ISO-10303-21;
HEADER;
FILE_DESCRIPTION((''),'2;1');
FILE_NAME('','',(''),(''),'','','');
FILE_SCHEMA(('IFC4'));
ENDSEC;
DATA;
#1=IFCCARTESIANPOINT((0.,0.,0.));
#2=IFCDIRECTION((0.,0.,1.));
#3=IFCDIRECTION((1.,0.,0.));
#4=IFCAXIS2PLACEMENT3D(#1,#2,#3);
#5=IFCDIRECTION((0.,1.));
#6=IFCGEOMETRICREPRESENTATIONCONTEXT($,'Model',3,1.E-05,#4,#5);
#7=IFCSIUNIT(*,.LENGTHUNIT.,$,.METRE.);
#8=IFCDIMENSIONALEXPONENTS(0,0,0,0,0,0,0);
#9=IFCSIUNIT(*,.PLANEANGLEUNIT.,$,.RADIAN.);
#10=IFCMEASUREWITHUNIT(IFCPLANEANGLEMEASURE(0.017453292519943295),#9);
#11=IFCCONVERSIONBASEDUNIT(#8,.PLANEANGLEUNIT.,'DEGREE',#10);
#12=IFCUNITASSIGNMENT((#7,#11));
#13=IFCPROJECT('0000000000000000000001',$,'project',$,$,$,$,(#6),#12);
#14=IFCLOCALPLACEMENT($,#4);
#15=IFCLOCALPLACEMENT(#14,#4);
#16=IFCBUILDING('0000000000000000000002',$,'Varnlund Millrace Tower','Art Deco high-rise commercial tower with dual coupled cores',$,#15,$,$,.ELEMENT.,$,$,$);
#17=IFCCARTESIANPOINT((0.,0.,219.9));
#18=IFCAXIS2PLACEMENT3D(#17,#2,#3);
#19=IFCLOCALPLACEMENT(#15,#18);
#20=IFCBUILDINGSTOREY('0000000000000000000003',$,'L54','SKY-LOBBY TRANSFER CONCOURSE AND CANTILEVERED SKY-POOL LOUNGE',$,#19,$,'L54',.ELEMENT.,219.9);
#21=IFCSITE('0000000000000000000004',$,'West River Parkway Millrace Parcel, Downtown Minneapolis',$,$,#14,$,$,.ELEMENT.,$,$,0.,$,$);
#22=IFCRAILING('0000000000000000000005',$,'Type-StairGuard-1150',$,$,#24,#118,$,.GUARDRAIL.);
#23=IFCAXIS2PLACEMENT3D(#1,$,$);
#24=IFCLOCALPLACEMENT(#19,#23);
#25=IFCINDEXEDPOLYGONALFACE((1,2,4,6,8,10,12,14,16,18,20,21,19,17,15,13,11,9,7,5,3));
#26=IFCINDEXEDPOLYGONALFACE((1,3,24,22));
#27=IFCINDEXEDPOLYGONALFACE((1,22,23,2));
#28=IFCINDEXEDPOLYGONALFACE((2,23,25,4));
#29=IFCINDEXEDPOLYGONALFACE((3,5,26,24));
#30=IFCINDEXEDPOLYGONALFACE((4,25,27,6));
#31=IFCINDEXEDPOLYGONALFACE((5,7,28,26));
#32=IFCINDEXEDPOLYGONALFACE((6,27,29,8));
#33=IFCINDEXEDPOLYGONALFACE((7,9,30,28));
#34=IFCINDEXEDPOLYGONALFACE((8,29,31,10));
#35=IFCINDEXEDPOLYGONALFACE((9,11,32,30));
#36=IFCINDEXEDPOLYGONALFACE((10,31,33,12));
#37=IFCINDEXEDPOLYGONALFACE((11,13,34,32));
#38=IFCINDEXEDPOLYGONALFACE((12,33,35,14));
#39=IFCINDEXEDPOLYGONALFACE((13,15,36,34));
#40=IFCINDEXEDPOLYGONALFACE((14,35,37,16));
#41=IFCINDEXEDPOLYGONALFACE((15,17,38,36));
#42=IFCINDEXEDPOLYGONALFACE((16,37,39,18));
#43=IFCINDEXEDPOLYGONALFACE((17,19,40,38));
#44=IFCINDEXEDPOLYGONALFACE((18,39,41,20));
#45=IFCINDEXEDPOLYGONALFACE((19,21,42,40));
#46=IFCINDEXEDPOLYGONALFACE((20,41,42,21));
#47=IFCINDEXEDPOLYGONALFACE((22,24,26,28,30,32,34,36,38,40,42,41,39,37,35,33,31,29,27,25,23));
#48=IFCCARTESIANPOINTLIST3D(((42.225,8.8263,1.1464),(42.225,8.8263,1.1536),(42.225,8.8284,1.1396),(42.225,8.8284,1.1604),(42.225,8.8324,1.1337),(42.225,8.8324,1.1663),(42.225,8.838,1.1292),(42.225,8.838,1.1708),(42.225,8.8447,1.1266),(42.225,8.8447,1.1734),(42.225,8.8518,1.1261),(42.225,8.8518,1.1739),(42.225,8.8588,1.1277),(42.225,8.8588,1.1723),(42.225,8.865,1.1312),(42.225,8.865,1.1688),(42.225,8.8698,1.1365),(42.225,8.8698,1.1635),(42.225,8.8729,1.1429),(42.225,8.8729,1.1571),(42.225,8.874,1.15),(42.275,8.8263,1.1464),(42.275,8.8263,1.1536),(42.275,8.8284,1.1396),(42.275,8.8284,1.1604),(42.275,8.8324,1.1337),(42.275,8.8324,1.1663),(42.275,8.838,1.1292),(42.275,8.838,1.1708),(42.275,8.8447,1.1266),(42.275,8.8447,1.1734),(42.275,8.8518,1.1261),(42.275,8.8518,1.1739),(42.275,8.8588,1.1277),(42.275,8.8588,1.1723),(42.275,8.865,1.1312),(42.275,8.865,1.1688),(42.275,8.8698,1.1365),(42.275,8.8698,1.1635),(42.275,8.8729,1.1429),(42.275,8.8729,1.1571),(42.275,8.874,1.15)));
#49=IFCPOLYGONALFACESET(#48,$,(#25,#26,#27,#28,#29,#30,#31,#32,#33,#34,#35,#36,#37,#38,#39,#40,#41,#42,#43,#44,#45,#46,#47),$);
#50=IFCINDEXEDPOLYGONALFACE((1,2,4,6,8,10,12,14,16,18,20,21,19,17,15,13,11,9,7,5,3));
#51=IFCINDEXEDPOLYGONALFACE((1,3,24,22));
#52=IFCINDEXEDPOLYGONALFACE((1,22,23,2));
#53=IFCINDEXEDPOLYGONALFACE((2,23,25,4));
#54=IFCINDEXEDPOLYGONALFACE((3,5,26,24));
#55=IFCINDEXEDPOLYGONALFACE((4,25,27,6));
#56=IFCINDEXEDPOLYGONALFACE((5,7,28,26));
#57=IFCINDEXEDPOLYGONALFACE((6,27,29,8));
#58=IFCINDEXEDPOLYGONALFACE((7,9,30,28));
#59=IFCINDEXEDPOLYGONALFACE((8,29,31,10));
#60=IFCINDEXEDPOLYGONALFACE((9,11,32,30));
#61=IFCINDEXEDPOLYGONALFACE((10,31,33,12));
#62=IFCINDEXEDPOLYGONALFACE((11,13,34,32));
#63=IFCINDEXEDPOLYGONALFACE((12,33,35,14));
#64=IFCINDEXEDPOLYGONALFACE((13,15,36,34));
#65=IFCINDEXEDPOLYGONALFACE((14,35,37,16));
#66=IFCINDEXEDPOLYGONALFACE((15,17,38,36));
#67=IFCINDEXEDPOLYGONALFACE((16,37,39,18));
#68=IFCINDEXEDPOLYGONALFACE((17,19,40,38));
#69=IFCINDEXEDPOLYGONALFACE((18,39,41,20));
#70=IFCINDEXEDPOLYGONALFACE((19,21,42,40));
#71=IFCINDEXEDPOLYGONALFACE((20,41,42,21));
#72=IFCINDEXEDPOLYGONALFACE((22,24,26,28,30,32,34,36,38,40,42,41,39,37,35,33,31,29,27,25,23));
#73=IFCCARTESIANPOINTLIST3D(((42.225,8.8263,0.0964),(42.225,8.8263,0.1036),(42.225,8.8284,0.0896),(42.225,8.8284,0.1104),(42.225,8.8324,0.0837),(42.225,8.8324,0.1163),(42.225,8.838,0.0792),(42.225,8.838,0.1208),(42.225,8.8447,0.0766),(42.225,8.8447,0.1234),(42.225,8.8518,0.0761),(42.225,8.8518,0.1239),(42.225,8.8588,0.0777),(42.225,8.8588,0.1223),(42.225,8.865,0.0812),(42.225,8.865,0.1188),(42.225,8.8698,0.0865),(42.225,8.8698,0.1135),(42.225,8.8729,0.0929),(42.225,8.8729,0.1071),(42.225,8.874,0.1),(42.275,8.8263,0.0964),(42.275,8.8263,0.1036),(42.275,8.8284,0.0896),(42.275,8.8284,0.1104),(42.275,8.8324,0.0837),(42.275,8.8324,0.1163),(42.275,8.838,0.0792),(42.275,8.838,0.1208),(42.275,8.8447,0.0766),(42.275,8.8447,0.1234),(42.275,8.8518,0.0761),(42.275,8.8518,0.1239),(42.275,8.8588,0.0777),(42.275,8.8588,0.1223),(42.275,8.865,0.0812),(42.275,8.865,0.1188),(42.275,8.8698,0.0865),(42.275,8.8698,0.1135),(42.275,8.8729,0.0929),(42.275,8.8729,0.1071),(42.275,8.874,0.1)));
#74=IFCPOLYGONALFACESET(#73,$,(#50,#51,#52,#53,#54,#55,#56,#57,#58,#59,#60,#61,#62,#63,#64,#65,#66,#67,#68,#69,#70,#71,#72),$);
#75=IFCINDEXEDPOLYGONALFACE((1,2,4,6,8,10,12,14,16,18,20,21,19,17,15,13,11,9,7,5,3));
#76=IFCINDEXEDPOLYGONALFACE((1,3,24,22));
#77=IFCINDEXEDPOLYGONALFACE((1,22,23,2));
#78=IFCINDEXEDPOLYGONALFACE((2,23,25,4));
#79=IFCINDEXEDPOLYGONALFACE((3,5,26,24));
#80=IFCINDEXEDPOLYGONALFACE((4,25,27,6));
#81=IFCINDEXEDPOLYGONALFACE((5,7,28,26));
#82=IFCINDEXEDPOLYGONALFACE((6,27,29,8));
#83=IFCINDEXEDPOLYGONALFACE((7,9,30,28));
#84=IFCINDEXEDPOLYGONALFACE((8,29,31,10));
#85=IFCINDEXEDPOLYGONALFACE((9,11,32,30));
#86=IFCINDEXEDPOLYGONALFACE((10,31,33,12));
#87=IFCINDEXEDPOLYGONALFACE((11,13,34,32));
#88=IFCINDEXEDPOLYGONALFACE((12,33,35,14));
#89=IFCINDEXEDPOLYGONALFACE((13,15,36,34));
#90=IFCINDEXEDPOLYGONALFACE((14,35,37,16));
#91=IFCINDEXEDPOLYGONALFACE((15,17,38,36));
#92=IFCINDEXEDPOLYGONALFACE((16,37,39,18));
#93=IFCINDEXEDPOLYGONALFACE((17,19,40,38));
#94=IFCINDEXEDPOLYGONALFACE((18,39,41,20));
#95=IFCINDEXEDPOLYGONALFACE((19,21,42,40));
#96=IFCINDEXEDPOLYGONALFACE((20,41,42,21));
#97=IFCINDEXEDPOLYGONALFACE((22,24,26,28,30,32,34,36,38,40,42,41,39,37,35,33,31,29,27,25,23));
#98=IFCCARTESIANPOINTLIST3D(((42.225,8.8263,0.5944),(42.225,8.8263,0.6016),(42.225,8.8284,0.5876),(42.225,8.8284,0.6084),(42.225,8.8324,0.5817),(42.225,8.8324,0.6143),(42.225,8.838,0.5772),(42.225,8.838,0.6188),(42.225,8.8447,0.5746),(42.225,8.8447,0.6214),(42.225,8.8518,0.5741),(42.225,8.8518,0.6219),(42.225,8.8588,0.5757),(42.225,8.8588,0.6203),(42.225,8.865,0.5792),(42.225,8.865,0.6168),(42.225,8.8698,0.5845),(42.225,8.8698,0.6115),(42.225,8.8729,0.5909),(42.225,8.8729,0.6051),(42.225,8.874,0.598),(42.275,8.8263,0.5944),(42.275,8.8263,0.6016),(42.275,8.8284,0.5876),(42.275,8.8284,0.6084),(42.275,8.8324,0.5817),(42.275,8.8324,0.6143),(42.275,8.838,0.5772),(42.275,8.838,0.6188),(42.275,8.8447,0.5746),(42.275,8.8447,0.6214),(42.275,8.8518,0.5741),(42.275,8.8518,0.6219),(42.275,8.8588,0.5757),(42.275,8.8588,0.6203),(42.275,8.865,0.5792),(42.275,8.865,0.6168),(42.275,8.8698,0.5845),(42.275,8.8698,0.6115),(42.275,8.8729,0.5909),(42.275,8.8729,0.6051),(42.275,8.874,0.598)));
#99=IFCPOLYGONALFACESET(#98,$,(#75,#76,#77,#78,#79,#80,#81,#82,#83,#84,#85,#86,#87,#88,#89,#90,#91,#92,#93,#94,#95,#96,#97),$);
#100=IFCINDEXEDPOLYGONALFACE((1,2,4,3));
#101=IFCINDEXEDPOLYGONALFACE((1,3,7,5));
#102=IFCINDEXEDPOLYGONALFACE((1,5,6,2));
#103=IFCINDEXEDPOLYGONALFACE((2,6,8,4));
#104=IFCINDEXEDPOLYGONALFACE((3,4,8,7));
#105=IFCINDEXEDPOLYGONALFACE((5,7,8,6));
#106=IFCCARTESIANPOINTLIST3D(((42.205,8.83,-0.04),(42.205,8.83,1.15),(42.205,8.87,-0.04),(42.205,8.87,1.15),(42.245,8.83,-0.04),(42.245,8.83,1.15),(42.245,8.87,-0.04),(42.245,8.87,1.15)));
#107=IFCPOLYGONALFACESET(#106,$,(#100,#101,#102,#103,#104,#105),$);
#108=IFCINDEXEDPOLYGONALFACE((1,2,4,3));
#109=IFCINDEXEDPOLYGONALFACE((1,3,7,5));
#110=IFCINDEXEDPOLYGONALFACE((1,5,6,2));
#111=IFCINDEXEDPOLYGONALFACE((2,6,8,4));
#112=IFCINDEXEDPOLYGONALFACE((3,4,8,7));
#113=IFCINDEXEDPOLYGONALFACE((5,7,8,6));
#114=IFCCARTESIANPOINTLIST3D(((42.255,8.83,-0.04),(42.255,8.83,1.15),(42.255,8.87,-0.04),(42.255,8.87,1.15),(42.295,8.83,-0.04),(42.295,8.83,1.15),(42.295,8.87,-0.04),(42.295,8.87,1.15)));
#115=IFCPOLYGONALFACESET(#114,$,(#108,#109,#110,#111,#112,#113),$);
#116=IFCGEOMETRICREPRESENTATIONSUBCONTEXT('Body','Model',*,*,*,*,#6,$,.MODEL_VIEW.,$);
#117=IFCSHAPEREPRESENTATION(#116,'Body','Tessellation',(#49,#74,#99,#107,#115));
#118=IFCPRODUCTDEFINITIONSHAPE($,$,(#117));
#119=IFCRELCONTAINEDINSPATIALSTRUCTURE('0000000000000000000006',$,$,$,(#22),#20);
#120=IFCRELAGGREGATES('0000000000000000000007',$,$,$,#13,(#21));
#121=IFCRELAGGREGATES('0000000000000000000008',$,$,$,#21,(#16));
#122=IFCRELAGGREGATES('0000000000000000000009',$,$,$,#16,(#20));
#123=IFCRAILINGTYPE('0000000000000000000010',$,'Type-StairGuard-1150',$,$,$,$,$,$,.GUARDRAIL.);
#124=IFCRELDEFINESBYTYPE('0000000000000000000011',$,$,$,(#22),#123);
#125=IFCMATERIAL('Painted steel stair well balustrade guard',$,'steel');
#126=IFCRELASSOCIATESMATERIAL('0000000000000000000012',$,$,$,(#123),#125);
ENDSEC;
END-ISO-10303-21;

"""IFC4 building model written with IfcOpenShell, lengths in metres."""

from ifc_helpers import new_model, entity, si_unit, converted_unit, direction, frame, origin_with_axes, origin_2d_with_axis, place, context, subcontext, project, spatial, rectangle, circle, extrude, material, type_object, element, save


model = new_model("IFC4")

# Units and contexts
model_context = context("Model", 3, precision=1e-05, world=origin_with_axes(), true_north=direction((0.0, 1.0)))
body_context = subcontext(model_context, "Body", "Model", "MODEL_VIEW")
ifc_project = project(units=[si_unit("LENGTHUNIT", "METRE"), converted_unit("PLANEANGLEUNIT", "DEGREE", entity("IfcPlaneAngleMeasure", 0.017453292519943295), si_unit("PLANEANGLEUNIT", "RADIAN"), dimensions=[0, 0, 0, 0, 0, 0, 0])], contexts=[model_context])

# Site, building, storey
site_placement = place(None, origin_with_axes())
site = spatial("IfcSite", under=ifc_project, at=site_placement, Name="West River Parkway Millrace Parcel, Downtown Minneapolis", CompositionType="ELEMENT", RefElevation=0.0)
building_placement = place(site_placement, origin_with_axes())
building = spatial("IfcBuilding", under=site, at=building_placement, Name="Varnlund Millrace Tower", Description="Art Deco high-rise commercial tower with dual coupled cores", CompositionType="ELEMENT")
storey_placement = place(building_placement, frame((0.0, 0.0, 219.9), z_axis=(0.0, 0.0, 1.0), x_axis=(1.0, 0.0, 0.0)))
storey = spatial("IfcBuildingStorey", under=building, at=storey_placement, Name="L54", Description="SKY-LOBBY TRANSFER CONCOURSE AND CANTILEVERED SKY-POOL LOUNGE", LongName="L54", CompositionType="ELEMENT", Elevation=219.9)

# Railing
ifc_material_1 = material(Name="Painted steel stair well balustrade guard", Category="steel")
railing_type_1 = type_object("IfcRailingType", Name="Type-StairGuard-1150", PredefinedType="GUARDRAIL", material=ifc_material_1)
railing_1_placement = place(storey_placement, frame((0.0, 0.0, -219.9), z_axis=(0.0, 0.0, 1.0), x_axis=(1.0, 0.0, 0.0)))
element("IfcRailing", 1, at=railing_1_placement, inside=storey, type_object=railing_type_1, Name="Type-StairGuard-1150", PredefinedType="GUARDRAIL", context=body_context, shape_type="SweptSolid", body=[
    extrude(circle(Radius=0.024, at=origin_2d_with_axis()), frame((42.225, 8.85, 221.05), z_axis=(1.0, 0.0, 0.0), x_axis=(0.0, 1.0, 0.0)), (0.0, 0.0, 1.0), 0.05),
    extrude(circle(Radius=0.024, at=origin_2d_with_axis()), frame((42.225, 8.85, 220.0), z_axis=(1.0, 0.0, 0.0), x_axis=(0.0, 1.0, 0.0)), (0.0, 0.0, 1.0), 0.05),
    extrude(circle(Radius=0.024, at=origin_2d_with_axis()), frame((42.225, 8.85, 220.498), z_axis=(1.0, 0.0, 0.0), x_axis=(0.0, 1.0, 0.0)), (0.0, 0.0, 1.0), 0.05),
    extrude(rectangle(XDim=0.04, YDim=0.04, at=origin_2d_with_axis()), frame((42.225, 8.85, 219.86), z_axis=(0.0, 0.0, 1.0), x_axis=(1.0, 0.0, 0.0)), (0.0, 0.0, 1.0), 1.19),
    extrude(rectangle(XDim=0.04, YDim=0.04, at=origin_2d_with_axis()), frame((42.275, 8.85, 219.86), z_axis=(0.0, 0.0, 1.0), x_axis=(1.0, 0.0, 0.0)), (0.0, 0.0, 1.0), 1.19),
])

save(model, "model.ifc")
